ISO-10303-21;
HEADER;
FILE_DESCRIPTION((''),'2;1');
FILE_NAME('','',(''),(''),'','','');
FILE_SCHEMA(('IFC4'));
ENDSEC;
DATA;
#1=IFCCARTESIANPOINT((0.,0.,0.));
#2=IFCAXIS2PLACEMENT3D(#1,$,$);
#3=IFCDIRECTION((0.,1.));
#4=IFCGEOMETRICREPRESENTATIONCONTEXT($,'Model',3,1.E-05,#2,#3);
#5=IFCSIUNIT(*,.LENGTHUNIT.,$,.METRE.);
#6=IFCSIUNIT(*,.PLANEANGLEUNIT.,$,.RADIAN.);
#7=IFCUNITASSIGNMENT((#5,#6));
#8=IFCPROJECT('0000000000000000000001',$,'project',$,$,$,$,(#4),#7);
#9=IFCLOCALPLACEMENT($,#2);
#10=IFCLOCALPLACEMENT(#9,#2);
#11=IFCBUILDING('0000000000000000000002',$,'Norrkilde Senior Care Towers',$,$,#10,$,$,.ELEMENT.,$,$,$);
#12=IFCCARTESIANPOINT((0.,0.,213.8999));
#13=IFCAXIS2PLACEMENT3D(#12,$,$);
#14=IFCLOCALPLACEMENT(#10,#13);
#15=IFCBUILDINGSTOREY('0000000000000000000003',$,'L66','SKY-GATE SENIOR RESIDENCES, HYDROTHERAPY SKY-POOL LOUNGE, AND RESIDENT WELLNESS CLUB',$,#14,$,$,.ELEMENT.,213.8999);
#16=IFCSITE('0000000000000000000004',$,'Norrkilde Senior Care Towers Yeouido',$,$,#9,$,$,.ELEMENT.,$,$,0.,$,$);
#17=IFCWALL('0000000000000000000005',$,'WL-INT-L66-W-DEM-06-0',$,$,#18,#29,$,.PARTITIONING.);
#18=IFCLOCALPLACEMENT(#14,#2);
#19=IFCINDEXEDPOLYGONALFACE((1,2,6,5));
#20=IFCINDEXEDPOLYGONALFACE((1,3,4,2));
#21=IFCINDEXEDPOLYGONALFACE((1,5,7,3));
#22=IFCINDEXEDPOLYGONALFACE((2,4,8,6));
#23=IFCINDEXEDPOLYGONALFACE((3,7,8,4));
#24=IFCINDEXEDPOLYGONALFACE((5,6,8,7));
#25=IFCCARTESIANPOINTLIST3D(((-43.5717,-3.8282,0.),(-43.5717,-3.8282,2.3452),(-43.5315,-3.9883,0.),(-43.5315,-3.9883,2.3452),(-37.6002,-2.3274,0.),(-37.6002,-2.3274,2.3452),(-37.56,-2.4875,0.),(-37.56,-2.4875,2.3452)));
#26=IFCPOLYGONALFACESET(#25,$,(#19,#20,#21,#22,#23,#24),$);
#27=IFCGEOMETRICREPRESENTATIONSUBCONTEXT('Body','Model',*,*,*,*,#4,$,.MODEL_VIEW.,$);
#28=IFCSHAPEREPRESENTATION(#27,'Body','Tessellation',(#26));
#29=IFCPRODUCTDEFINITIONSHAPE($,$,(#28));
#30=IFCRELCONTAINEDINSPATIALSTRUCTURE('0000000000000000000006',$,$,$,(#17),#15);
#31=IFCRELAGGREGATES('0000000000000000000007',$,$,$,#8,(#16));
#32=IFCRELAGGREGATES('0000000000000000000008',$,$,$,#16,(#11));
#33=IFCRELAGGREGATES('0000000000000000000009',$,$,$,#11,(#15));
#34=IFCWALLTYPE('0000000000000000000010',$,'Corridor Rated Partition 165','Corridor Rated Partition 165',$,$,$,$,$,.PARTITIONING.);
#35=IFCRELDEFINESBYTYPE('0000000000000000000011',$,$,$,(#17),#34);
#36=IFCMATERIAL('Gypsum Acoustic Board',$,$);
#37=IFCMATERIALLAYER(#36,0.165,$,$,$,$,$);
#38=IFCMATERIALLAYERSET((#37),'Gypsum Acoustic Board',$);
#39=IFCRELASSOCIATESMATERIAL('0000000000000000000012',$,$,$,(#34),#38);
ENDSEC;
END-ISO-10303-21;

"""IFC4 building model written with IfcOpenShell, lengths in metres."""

from ifc_helpers import new_model, si_unit, direction, frame, frame_2d, origin, place, context, subcontext, project, spatial, rectangle, extrude, source, transform, mapped, material, layer, layer_set, type_object, element, save


model = new_model("IFC4")

# Units and contexts
model_context = context("Model", 3, precision=1e-05, world=origin(), true_north=direction((0.0, 1.0)))
body_context = subcontext(model_context, "Body", "Model", "MODEL_VIEW")
ifc_project = project(units=[si_unit("LENGTHUNIT", "METRE"), si_unit("PLANEANGLEUNIT", "RADIAN")], contexts=[model_context])

# Site, building, storey
site_placement = place(None, origin())
site = spatial("IfcSite", under=ifc_project, at=site_placement, Name="Norrkilde Senior Care Towers Yeouido", CompositionType="ELEMENT", RefElevation=0.0)
building_placement = place(site_placement, origin())
building = spatial("IfcBuilding", under=site, at=building_placement, Name="Norrkilde Senior Care Towers", CompositionType="ELEMENT")
storey_placement = place(building_placement, frame((0.0, 0.0, 213.8999)))
storey = spatial("IfcBuildingStorey", under=building, at=storey_placement, Name="L66", Description="SKY-GATE SENIOR RESIDENCES, HYDROTHERAPY SKY-POOL LOUNGE, AND RESIDENT WELLNESS CLUB", CompositionType="ELEMENT", Elevation=213.8999)

# Shared definitions
ifc_material_1 = material(Name="Gypsum Acoustic Board")
ifc_layer_1 = layer(ifc_material_1, 0.165)
ifc_layer_set_1 = layer_set([ifc_layer_1], Name="Gypsum Acoustic Board")
wall_type_1 = type_object("IfcWallType", Name="Corridor Rated Partition 165", Description="Corridor Rated Partition 165", PredefinedType="PARTITIONING", material=ifc_layer_set_1)

# Wall
shared_shape_1 = source(origin(), body_context, "Body", "SweptSolid", [
    extrude(rectangle(XDim=6.1572, YDim=0.165, at=frame_2d((3.0786, 0.0))), origin(), (0.0, 0.0, 1.0), 2.3452),
])
wall_1_placement = place(storey_placement, frame((-37.5801, -2.4075, 0.0), z_axis=(0.0, 0.0, 1.0), x_axis=(-0.969841, -0.243739, 0.0)))
element("IfcWall", 1, at=wall_1_placement, inside=storey, type_object=wall_type_1, Name="WL-INT-L66-W-DEM-06-0", PredefinedType="PARTITIONING", context=body_context, shape_type="MappedRepresentation", body=[
    mapped(shared_shape_1, transform((0.0, 0.0, 0.0), x_axis=(1.0, 0.0, 0.0), y_axis=(0.0, 1.0, 0.0), z_axis=(0.0, 0.0, 1.0), scale=1.0)),
])

save(model, "model.ifc")
